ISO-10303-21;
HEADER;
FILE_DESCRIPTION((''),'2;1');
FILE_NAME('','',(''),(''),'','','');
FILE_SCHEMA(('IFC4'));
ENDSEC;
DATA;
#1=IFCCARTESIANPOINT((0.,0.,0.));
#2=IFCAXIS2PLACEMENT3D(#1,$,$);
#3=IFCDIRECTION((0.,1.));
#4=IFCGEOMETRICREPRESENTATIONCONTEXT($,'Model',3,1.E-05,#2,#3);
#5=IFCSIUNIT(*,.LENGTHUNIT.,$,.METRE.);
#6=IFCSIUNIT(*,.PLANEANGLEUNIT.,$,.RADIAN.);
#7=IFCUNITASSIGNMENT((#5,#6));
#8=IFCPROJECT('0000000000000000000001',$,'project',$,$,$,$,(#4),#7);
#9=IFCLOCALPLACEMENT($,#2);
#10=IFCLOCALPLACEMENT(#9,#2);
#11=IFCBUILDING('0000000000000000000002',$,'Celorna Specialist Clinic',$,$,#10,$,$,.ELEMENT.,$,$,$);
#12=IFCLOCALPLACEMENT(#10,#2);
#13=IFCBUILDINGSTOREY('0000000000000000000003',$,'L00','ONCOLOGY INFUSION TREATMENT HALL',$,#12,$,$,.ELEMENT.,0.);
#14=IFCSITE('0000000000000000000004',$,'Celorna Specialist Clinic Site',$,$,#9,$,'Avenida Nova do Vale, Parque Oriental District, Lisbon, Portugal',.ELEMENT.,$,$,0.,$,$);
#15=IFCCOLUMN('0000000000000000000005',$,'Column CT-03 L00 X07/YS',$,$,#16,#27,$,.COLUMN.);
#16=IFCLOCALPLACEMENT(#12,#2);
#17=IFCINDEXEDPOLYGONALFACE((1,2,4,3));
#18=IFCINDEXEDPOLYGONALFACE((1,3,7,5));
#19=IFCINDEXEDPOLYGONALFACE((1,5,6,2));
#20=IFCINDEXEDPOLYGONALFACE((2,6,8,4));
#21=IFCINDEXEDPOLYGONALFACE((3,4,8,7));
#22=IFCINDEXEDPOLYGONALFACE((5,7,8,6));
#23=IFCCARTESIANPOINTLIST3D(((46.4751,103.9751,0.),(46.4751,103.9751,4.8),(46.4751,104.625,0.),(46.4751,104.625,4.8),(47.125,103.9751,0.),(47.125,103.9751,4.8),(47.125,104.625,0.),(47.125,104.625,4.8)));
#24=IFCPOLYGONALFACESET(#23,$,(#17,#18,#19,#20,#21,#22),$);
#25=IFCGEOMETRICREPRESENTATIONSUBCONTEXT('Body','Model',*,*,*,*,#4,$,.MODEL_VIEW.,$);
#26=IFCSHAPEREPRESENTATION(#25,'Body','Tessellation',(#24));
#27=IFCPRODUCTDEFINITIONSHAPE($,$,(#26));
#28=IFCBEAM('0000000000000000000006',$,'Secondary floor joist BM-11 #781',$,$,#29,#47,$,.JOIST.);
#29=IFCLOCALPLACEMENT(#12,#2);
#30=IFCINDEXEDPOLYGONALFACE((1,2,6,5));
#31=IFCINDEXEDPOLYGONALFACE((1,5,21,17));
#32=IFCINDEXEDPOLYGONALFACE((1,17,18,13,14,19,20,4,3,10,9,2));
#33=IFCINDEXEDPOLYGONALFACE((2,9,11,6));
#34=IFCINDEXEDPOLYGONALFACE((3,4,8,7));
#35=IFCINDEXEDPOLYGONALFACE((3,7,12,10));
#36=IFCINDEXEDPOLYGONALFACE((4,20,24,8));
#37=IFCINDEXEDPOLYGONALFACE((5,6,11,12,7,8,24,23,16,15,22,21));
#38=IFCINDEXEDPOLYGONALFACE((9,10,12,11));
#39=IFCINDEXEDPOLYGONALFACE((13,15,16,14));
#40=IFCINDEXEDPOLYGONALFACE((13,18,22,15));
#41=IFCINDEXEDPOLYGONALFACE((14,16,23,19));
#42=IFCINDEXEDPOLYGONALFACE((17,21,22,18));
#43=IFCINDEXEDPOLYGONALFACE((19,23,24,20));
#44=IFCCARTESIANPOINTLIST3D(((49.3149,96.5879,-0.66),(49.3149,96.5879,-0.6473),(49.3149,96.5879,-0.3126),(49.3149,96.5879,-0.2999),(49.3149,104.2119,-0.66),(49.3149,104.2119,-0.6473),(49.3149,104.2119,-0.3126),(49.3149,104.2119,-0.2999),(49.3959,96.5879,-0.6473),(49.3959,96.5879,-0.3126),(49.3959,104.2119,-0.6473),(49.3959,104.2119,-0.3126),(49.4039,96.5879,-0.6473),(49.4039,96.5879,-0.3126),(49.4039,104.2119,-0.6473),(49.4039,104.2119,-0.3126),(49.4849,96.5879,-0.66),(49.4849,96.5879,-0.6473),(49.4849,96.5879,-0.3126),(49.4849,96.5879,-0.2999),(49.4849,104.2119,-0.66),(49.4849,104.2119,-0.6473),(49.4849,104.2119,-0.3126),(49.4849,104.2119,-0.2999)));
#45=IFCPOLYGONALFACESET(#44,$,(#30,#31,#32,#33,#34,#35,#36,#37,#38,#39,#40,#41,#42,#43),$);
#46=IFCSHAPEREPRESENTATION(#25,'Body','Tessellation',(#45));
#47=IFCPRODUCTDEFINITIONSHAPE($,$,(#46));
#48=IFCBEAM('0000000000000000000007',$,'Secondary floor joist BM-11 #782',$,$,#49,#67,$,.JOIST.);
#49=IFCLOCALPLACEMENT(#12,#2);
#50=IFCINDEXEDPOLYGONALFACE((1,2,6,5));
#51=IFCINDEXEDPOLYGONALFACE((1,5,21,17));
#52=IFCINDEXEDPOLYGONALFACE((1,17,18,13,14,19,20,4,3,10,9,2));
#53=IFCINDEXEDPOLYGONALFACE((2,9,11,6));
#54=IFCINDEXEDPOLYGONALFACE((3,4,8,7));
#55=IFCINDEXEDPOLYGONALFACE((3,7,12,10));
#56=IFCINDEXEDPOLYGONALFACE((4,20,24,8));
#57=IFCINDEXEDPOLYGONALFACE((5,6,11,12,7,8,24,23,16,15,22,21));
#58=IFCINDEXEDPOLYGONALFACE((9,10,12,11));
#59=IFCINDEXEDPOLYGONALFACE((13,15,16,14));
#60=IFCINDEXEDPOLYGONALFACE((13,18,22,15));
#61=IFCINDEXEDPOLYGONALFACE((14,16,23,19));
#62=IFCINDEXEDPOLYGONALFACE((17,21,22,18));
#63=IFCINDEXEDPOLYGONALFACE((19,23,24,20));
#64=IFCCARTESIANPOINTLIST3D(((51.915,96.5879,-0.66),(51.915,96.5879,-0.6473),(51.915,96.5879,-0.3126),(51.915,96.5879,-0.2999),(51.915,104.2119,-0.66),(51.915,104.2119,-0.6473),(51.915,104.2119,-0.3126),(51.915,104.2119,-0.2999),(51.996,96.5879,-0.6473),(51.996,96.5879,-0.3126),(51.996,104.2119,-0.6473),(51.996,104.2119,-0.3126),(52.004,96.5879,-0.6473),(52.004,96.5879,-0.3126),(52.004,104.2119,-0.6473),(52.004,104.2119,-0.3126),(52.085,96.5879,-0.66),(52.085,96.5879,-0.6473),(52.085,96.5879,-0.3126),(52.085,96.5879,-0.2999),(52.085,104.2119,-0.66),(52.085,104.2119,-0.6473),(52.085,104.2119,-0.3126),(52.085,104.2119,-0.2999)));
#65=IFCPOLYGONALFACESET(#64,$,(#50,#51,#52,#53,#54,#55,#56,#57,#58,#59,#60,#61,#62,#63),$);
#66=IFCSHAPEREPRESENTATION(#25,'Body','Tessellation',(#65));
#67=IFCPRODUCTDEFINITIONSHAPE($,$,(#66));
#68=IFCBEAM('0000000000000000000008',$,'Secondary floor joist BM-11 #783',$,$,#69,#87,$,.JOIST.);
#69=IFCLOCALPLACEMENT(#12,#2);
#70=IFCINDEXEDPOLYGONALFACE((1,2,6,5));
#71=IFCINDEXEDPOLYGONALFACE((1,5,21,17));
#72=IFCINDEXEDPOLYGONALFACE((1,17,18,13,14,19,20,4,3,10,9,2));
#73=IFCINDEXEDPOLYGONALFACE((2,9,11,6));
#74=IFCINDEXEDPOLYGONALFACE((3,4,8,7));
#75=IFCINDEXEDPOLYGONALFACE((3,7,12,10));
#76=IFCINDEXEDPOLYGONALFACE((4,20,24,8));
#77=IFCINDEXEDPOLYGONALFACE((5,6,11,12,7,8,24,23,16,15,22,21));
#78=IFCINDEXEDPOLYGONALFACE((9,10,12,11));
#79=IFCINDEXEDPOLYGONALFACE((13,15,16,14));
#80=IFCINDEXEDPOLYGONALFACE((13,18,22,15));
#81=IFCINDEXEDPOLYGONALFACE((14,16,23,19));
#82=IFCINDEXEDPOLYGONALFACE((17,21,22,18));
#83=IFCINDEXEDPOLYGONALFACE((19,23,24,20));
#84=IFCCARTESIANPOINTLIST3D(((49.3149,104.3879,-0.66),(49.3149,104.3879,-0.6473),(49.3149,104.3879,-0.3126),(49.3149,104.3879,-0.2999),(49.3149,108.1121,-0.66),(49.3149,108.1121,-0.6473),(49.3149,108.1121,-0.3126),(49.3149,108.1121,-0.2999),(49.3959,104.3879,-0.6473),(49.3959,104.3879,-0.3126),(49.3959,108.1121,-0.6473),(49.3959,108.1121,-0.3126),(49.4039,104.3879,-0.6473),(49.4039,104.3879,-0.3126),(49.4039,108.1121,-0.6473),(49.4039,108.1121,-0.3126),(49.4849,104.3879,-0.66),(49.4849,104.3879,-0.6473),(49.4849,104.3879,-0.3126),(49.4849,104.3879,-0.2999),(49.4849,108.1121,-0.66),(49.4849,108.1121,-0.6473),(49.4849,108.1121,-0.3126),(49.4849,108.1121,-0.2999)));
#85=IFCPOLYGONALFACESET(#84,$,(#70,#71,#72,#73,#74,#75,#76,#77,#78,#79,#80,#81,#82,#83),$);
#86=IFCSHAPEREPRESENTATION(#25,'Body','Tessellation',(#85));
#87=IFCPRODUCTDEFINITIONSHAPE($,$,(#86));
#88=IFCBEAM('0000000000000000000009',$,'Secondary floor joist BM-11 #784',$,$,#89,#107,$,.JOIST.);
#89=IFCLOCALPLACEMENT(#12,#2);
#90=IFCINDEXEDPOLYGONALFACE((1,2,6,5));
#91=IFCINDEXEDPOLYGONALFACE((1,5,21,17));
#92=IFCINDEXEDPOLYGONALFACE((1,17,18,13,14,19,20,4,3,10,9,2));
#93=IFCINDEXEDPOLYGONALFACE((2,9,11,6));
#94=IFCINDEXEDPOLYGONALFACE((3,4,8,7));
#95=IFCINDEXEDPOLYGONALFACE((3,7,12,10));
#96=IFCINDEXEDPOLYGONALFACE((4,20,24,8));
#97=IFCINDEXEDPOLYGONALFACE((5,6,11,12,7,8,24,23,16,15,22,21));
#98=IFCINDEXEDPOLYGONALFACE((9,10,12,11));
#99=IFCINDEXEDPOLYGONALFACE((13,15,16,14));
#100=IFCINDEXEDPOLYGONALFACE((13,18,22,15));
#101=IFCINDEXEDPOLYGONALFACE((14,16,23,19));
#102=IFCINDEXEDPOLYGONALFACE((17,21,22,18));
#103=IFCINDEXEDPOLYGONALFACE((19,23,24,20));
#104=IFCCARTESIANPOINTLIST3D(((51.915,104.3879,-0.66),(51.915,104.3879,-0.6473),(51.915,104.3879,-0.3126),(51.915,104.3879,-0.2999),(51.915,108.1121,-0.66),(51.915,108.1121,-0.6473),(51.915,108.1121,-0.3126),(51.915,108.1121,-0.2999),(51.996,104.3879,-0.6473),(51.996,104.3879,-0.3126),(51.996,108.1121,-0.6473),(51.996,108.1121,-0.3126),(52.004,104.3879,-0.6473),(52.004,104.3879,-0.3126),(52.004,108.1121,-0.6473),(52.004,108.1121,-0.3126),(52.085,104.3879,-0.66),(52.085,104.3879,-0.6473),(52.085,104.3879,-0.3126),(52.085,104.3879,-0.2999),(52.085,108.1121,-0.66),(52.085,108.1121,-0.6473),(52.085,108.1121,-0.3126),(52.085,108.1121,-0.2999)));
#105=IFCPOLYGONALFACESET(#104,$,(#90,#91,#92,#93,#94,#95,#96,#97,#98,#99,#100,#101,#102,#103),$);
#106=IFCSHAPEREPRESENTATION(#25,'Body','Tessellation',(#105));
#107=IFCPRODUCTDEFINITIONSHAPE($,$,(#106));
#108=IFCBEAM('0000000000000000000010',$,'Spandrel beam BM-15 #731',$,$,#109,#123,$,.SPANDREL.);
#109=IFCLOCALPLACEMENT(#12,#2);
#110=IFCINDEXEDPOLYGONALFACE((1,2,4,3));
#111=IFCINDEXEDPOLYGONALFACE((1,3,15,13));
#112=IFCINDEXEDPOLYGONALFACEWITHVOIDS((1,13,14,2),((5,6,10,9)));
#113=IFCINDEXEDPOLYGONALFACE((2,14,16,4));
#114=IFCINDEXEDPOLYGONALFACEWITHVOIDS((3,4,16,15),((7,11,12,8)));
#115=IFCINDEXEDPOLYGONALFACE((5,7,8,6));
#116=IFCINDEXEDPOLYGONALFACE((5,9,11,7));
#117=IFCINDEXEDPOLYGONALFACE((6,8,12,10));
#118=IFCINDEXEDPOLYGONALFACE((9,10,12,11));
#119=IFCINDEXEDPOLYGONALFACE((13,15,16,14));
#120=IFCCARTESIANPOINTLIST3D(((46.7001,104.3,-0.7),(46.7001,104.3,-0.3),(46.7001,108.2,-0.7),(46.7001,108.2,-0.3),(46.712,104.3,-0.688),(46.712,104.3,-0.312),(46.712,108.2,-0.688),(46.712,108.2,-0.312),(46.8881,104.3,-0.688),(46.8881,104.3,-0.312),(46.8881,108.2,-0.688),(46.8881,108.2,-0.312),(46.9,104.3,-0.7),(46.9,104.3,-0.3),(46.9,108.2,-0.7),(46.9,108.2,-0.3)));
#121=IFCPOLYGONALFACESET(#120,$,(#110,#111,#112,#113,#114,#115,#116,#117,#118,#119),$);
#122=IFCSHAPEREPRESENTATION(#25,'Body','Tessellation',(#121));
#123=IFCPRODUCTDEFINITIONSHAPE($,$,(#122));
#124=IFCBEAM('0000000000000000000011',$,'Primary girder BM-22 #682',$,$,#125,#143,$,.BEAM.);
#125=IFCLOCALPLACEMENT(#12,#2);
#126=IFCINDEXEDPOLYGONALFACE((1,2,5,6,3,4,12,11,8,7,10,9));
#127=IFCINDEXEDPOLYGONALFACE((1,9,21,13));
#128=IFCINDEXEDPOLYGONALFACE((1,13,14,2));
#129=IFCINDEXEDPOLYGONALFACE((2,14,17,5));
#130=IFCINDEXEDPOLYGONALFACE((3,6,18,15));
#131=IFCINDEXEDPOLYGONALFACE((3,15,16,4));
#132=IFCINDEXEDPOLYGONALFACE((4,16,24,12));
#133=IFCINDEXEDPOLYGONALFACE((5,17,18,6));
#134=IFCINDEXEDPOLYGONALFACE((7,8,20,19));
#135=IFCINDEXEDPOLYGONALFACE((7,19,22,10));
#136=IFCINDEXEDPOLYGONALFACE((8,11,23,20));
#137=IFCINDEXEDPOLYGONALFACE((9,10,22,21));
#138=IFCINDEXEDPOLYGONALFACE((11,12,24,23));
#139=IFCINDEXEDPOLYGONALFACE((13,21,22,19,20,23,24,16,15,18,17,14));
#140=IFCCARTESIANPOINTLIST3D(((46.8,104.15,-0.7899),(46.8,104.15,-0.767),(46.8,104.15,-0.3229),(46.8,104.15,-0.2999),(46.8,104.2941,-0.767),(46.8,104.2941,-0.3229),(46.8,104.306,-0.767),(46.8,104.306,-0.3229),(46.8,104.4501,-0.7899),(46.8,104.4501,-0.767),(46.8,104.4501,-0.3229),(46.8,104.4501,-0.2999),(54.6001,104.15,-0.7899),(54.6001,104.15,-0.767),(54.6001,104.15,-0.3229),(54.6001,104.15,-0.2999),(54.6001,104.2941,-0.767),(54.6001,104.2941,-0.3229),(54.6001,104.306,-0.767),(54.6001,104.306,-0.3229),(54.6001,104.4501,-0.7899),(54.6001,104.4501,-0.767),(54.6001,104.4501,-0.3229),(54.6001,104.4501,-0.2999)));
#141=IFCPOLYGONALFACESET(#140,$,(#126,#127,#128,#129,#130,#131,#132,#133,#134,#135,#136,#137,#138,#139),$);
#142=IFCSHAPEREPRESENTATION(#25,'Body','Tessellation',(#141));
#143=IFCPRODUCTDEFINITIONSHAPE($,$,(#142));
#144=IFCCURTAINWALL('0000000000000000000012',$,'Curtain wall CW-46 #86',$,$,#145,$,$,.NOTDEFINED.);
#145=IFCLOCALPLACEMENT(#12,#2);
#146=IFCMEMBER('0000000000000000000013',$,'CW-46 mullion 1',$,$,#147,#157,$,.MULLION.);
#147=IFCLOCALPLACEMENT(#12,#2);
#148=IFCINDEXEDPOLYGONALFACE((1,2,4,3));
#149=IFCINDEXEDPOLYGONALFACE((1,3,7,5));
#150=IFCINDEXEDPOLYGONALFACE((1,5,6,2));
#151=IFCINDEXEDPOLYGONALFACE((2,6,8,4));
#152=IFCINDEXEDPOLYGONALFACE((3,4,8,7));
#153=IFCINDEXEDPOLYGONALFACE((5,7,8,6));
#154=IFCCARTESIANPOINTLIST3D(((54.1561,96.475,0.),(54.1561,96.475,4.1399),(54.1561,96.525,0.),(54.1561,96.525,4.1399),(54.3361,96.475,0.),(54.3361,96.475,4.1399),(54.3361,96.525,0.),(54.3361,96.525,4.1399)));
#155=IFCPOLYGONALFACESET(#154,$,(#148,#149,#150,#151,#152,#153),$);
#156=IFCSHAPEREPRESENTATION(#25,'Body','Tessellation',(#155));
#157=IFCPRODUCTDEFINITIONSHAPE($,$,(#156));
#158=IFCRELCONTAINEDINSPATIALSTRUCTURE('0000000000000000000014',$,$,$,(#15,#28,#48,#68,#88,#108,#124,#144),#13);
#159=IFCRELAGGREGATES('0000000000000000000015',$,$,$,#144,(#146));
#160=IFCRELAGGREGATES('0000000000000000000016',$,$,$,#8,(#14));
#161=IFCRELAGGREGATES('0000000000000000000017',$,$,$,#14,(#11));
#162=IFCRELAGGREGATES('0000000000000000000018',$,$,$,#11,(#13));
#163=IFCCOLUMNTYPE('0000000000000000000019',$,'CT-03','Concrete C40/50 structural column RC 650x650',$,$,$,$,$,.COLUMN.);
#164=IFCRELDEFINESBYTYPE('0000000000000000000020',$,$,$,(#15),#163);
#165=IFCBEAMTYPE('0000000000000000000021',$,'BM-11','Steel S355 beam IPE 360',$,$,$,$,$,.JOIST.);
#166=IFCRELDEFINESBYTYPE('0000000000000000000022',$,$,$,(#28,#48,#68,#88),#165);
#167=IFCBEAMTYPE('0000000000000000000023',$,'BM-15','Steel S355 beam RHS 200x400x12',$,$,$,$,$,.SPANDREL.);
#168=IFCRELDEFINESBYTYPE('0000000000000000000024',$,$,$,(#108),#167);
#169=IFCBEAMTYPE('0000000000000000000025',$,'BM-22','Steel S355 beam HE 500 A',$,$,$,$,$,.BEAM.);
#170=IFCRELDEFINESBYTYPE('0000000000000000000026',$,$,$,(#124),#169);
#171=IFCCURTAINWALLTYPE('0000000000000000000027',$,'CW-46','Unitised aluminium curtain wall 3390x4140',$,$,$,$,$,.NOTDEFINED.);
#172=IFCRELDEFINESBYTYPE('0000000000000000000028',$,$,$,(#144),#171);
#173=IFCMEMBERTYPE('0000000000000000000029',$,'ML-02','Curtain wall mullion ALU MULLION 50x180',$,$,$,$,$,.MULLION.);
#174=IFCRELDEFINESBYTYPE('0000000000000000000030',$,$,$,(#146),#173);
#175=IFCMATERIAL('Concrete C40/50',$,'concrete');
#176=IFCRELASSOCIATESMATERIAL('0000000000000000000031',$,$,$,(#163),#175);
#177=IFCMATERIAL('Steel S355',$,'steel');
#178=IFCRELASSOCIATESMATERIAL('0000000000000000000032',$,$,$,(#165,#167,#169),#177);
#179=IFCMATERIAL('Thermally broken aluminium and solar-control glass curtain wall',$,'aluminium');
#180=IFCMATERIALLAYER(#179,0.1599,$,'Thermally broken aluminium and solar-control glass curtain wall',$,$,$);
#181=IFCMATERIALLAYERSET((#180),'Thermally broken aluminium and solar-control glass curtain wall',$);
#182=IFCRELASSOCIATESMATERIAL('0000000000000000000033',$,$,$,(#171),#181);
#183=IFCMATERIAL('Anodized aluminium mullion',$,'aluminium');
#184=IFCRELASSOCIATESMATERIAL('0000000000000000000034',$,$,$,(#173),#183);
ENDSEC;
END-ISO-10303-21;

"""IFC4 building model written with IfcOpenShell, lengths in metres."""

from ifc_helpers import new_model, si_unit, direction, frame, origin, origin_2d, place, context, subcontext, project, spatial, rectangle, hollow_rectangle, i_section, extrude, material, layer, layer_set, material_profile, profile_set, type_object, element, aggregate, save


model = new_model("IFC4")

# Units and contexts
model_context = context("Model", 3, precision=1e-05, world=origin(), true_north=direction((0.0, 1.0)))
body_context = subcontext(model_context, "Body", "Model", "MODEL_VIEW")
ifc_project = project(units=[si_unit("LENGTHUNIT", "METRE"), si_unit("PLANEANGLEUNIT", "RADIAN")], contexts=[model_context])

# Site, building, storey
site_placement = place(None, origin())
site = spatial("IfcSite", under=ifc_project, at=site_placement, Name="Celorna Specialist Clinic Site", LongName="Avenida Nova do Vale, Parque Oriental District, Lisbon, Portugal", CompositionType="ELEMENT", RefElevation=0.0)
building_placement = place(site_placement, origin())
building = spatial("IfcBuilding", under=site, at=building_placement, Name="Celorna Specialist Clinic", CompositionType="ELEMENT")
storey_placement = place(building_placement, origin())
storey = spatial("IfcBuildingStorey", under=building, at=storey_placement, Name="L00", Description="ONCOLOGY INFUSION TREATMENT HALL", CompositionType="ELEMENT", Elevation=0.0)

# Column
ifc_material_1 = material(Name="Concrete C40/50", Category="concrete")
ifc_material_profile_1 = material_profile(ifc_material_1, rectangle(XDim=0.6499, YDim=0.6499, at=origin_2d()), Name="RC 650x650")
ifc_profile_set_1 = profile_set([ifc_material_profile_1], Name="Concrete C40/50")
column_type = type_object("IfcColumnType", Name="CT-03", Description="Concrete C40/50 structural column RC 650x650", PredefinedType="COLUMN", material=ifc_profile_set_1)
column_placement = place(storey_placement, frame((46.8, 104.3, 0.0), z_axis=(0.0, 0.0, 1.0), x_axis=(1.0, 0.0, 0.0)))
element("IfcColumn", 1, at=column_placement, inside=storey, type_object=column_type, Name="Column CT-03 L00 X07/YS", PredefinedType="COLUMN", context=body_context, shape_type="SweptSolid", body=[
    extrude(rectangle(XDim=0.6499, YDim=0.6499, at=origin_2d()), origin(), (0.0, 0.0, 1.0), 4.8),
])

# Beams
ifc_material_2 = material(Name="Steel S355", Category="steel")
ifc_material_profile_2 = material_profile(ifc_material_2, i_section(OverallWidth=0.1699, OverallDepth=0.3601, WebThickness=0.0081, FlangeThickness=0.0127, at=origin_2d()), Name="IPE 360")
ifc_profile_set_2 = profile_set([ifc_material_profile_2], Name="Steel S355")
beam_type_1 = type_object("IfcBeamType", Name="BM-11", Description="Steel S355 beam IPE 360", PredefinedType="JOIST", material=ifc_profile_set_2)
for number, where, z_axis, x_axis, name in (
    (2, (49.3999, 96.5879, -0.48), (0.0, 1.0, 0.0), (-1.0, 0.0, 0.0), "Secondary floor joist BM-11 #781"),
    (3, (52.0, 96.5879, -0.48), (0.0, 1.0, 0.0), (-1.0, 0.0, 0.0), "Secondary floor joist BM-11 #782"),
):
    element("IfcBeam", number, at=place(storey_placement, frame(where, z_axis=z_axis, x_axis=x_axis)), inside=storey, type_object=beam_type_1, Name=name, PredefinedType="JOIST", context=body_context, shape_type="SweptSolid", body=[
        extrude(i_section(OverallWidth=0.1699, OverallDepth=0.3601, WebThickness=0.0081, FlangeThickness=0.0127, at=origin_2d()), origin(), (0.0, 0.0, 1.0), 7.624),
    ])
for number, where, z_axis, x_axis, name in (
    (4, (49.3999, 104.3879, -0.48), (0.0, 1.0, 0.0), (-1.0, 0.0, 0.0), "Secondary floor joist BM-11 #783"),
    (5, (52.0, 104.3879, -0.48), (0.0, 1.0, 0.0), (-1.0, 0.0, 0.0), "Secondary floor joist BM-11 #784"),
):
    element("IfcBeam", number, at=place(storey_placement, frame(where, z_axis=z_axis, x_axis=x_axis)), inside=storey, type_object=beam_type_1, Name=name, PredefinedType="JOIST", context=body_context, shape_type="SweptSolid", body=[
        extrude(i_section(OverallWidth=0.1699, OverallDepth=0.3601, WebThickness=0.0081, FlangeThickness=0.0127, at=origin_2d()), origin(), (0.0, 0.0, 1.0), 3.7241),
    ])
ifc_material_profile_3 = material_profile(ifc_material_2, hollow_rectangle(XDim=0.2, YDim=0.3999, WallThickness=0.012, at=origin_2d()), Name="RHS 200x400x12")
ifc_profile_set_3 = profile_set([ifc_material_profile_3], Name="Steel S355")
beam_type_2 = type_object("IfcBeamType", Name="BM-15", Description="Steel S355 beam RHS 200x400x12", PredefinedType="SPANDREL", material=ifc_profile_set_3)
beam_1_placement = place(storey_placement, frame((46.8, 104.3, -0.5), z_axis=(0.0, 1.0, 0.0), x_axis=(-1.0, 0.0, 0.0)))
element("IfcBeam", 6, at=beam_1_placement, inside=storey, type_object=beam_type_2, Name="Spandrel beam BM-15 #731", PredefinedType="SPANDREL", context=body_context, shape_type="SweptSolid", body=[
    extrude(hollow_rectangle(XDim=0.2, YDim=0.3999, WallThickness=0.012, at=origin_2d()), origin(), (0.0, 0.0, 1.0), 3.8999),
])
ifc_material_profile_4 = material_profile(ifc_material_2, i_section(OverallWidth=0.3, OverallDepth=0.49, WebThickness=0.012, FlangeThickness=0.0229, at=origin_2d()), Name="HE 500 A")
ifc_profile_set_4 = profile_set([ifc_material_profile_4], Name="Steel S355")
beam_type_3 = type_object("IfcBeamType", Name="BM-22", Description="Steel S355 beam HE 500 A", PredefinedType="BEAM", material=ifc_profile_set_4)
beam_2_placement = place(storey_placement, frame((46.8, 104.3, -0.5449), z_axis=(1.0, 0.0, 0.0), x_axis=(0.0, 1.0, 0.0)))
element("IfcBeam", 7, at=beam_2_placement, inside=storey, type_object=beam_type_3, Name="Primary girder BM-22 #682", PredefinedType="BEAM", context=body_context, shape_type="SweptSolid", body=[
    extrude(i_section(OverallWidth=0.3, OverallDepth=0.49, WebThickness=0.012, FlangeThickness=0.0229, at=origin_2d()), origin(), (0.0, 0.0, 1.0), 7.8),
])

# Curtain wall, member
ifc_material_3 = material(Name="Thermally broken aluminium and solar-control glass curtain wall", Category="aluminium")
ifc_layer_1 = layer(ifc_material_3, 0.1599, Name="Thermally broken aluminium and solar-control glass curtain wall")
ifc_layer_set_1 = layer_set([ifc_layer_1], Name="Thermally broken aluminium and solar-control glass curtain wall")
curtain_wall_type = type_object("IfcCurtainWallType", Name="CW-46", Description="Unitised aluminium curtain wall 3390x4140", PredefinedType="NOTDEFINED", material=ifc_layer_set_1)
curtain_wall_placement = place(storey_placement, origin())
curtain_wall = element("IfcCurtainWall", 8, at=curtain_wall_placement, inside=storey, type_object=curtain_wall_type, Name="Curtain wall CW-46 #86", PredefinedType="NOTDEFINED")
ifc_material_4 = material(Name="Anodized aluminium mullion", Category="aluminium")
ifc_material_profile_5 = material_profile(ifc_material_4, rectangle(XDim=0.05, YDim=0.1799, at=origin_2d()), Name="ALU MULLION 50x180")
ifc_profile_set_5 = profile_set([ifc_material_profile_5], Name="Anodized aluminium mullion")
member_type = type_object("IfcMemberType", Name="ML-02", Description="Curtain wall mullion ALU MULLION 50x180", PredefinedType="MULLION", material=ifc_profile_set_5)
member_placement = place(storey_placement, frame((54.2461, 96.5, 0.0), z_axis=(0.0, 0.0, 1.0), x_axis=(0.0, -1.0, 0.0)))
member = element("IfcMember", 9, at=member_placement, type_object=member_type, Name="CW-46 mullion 1", PredefinedType="MULLION", context=body_context, shape_type="SweptSolid", body=[
    extrude(rectangle(XDim=0.05, YDim=0.1799, at=origin_2d()), origin(), (0.0, 0.0, 1.0), 4.1399),
])
aggregate(curtain_wall, [member])

save(model, "model.ifc")
